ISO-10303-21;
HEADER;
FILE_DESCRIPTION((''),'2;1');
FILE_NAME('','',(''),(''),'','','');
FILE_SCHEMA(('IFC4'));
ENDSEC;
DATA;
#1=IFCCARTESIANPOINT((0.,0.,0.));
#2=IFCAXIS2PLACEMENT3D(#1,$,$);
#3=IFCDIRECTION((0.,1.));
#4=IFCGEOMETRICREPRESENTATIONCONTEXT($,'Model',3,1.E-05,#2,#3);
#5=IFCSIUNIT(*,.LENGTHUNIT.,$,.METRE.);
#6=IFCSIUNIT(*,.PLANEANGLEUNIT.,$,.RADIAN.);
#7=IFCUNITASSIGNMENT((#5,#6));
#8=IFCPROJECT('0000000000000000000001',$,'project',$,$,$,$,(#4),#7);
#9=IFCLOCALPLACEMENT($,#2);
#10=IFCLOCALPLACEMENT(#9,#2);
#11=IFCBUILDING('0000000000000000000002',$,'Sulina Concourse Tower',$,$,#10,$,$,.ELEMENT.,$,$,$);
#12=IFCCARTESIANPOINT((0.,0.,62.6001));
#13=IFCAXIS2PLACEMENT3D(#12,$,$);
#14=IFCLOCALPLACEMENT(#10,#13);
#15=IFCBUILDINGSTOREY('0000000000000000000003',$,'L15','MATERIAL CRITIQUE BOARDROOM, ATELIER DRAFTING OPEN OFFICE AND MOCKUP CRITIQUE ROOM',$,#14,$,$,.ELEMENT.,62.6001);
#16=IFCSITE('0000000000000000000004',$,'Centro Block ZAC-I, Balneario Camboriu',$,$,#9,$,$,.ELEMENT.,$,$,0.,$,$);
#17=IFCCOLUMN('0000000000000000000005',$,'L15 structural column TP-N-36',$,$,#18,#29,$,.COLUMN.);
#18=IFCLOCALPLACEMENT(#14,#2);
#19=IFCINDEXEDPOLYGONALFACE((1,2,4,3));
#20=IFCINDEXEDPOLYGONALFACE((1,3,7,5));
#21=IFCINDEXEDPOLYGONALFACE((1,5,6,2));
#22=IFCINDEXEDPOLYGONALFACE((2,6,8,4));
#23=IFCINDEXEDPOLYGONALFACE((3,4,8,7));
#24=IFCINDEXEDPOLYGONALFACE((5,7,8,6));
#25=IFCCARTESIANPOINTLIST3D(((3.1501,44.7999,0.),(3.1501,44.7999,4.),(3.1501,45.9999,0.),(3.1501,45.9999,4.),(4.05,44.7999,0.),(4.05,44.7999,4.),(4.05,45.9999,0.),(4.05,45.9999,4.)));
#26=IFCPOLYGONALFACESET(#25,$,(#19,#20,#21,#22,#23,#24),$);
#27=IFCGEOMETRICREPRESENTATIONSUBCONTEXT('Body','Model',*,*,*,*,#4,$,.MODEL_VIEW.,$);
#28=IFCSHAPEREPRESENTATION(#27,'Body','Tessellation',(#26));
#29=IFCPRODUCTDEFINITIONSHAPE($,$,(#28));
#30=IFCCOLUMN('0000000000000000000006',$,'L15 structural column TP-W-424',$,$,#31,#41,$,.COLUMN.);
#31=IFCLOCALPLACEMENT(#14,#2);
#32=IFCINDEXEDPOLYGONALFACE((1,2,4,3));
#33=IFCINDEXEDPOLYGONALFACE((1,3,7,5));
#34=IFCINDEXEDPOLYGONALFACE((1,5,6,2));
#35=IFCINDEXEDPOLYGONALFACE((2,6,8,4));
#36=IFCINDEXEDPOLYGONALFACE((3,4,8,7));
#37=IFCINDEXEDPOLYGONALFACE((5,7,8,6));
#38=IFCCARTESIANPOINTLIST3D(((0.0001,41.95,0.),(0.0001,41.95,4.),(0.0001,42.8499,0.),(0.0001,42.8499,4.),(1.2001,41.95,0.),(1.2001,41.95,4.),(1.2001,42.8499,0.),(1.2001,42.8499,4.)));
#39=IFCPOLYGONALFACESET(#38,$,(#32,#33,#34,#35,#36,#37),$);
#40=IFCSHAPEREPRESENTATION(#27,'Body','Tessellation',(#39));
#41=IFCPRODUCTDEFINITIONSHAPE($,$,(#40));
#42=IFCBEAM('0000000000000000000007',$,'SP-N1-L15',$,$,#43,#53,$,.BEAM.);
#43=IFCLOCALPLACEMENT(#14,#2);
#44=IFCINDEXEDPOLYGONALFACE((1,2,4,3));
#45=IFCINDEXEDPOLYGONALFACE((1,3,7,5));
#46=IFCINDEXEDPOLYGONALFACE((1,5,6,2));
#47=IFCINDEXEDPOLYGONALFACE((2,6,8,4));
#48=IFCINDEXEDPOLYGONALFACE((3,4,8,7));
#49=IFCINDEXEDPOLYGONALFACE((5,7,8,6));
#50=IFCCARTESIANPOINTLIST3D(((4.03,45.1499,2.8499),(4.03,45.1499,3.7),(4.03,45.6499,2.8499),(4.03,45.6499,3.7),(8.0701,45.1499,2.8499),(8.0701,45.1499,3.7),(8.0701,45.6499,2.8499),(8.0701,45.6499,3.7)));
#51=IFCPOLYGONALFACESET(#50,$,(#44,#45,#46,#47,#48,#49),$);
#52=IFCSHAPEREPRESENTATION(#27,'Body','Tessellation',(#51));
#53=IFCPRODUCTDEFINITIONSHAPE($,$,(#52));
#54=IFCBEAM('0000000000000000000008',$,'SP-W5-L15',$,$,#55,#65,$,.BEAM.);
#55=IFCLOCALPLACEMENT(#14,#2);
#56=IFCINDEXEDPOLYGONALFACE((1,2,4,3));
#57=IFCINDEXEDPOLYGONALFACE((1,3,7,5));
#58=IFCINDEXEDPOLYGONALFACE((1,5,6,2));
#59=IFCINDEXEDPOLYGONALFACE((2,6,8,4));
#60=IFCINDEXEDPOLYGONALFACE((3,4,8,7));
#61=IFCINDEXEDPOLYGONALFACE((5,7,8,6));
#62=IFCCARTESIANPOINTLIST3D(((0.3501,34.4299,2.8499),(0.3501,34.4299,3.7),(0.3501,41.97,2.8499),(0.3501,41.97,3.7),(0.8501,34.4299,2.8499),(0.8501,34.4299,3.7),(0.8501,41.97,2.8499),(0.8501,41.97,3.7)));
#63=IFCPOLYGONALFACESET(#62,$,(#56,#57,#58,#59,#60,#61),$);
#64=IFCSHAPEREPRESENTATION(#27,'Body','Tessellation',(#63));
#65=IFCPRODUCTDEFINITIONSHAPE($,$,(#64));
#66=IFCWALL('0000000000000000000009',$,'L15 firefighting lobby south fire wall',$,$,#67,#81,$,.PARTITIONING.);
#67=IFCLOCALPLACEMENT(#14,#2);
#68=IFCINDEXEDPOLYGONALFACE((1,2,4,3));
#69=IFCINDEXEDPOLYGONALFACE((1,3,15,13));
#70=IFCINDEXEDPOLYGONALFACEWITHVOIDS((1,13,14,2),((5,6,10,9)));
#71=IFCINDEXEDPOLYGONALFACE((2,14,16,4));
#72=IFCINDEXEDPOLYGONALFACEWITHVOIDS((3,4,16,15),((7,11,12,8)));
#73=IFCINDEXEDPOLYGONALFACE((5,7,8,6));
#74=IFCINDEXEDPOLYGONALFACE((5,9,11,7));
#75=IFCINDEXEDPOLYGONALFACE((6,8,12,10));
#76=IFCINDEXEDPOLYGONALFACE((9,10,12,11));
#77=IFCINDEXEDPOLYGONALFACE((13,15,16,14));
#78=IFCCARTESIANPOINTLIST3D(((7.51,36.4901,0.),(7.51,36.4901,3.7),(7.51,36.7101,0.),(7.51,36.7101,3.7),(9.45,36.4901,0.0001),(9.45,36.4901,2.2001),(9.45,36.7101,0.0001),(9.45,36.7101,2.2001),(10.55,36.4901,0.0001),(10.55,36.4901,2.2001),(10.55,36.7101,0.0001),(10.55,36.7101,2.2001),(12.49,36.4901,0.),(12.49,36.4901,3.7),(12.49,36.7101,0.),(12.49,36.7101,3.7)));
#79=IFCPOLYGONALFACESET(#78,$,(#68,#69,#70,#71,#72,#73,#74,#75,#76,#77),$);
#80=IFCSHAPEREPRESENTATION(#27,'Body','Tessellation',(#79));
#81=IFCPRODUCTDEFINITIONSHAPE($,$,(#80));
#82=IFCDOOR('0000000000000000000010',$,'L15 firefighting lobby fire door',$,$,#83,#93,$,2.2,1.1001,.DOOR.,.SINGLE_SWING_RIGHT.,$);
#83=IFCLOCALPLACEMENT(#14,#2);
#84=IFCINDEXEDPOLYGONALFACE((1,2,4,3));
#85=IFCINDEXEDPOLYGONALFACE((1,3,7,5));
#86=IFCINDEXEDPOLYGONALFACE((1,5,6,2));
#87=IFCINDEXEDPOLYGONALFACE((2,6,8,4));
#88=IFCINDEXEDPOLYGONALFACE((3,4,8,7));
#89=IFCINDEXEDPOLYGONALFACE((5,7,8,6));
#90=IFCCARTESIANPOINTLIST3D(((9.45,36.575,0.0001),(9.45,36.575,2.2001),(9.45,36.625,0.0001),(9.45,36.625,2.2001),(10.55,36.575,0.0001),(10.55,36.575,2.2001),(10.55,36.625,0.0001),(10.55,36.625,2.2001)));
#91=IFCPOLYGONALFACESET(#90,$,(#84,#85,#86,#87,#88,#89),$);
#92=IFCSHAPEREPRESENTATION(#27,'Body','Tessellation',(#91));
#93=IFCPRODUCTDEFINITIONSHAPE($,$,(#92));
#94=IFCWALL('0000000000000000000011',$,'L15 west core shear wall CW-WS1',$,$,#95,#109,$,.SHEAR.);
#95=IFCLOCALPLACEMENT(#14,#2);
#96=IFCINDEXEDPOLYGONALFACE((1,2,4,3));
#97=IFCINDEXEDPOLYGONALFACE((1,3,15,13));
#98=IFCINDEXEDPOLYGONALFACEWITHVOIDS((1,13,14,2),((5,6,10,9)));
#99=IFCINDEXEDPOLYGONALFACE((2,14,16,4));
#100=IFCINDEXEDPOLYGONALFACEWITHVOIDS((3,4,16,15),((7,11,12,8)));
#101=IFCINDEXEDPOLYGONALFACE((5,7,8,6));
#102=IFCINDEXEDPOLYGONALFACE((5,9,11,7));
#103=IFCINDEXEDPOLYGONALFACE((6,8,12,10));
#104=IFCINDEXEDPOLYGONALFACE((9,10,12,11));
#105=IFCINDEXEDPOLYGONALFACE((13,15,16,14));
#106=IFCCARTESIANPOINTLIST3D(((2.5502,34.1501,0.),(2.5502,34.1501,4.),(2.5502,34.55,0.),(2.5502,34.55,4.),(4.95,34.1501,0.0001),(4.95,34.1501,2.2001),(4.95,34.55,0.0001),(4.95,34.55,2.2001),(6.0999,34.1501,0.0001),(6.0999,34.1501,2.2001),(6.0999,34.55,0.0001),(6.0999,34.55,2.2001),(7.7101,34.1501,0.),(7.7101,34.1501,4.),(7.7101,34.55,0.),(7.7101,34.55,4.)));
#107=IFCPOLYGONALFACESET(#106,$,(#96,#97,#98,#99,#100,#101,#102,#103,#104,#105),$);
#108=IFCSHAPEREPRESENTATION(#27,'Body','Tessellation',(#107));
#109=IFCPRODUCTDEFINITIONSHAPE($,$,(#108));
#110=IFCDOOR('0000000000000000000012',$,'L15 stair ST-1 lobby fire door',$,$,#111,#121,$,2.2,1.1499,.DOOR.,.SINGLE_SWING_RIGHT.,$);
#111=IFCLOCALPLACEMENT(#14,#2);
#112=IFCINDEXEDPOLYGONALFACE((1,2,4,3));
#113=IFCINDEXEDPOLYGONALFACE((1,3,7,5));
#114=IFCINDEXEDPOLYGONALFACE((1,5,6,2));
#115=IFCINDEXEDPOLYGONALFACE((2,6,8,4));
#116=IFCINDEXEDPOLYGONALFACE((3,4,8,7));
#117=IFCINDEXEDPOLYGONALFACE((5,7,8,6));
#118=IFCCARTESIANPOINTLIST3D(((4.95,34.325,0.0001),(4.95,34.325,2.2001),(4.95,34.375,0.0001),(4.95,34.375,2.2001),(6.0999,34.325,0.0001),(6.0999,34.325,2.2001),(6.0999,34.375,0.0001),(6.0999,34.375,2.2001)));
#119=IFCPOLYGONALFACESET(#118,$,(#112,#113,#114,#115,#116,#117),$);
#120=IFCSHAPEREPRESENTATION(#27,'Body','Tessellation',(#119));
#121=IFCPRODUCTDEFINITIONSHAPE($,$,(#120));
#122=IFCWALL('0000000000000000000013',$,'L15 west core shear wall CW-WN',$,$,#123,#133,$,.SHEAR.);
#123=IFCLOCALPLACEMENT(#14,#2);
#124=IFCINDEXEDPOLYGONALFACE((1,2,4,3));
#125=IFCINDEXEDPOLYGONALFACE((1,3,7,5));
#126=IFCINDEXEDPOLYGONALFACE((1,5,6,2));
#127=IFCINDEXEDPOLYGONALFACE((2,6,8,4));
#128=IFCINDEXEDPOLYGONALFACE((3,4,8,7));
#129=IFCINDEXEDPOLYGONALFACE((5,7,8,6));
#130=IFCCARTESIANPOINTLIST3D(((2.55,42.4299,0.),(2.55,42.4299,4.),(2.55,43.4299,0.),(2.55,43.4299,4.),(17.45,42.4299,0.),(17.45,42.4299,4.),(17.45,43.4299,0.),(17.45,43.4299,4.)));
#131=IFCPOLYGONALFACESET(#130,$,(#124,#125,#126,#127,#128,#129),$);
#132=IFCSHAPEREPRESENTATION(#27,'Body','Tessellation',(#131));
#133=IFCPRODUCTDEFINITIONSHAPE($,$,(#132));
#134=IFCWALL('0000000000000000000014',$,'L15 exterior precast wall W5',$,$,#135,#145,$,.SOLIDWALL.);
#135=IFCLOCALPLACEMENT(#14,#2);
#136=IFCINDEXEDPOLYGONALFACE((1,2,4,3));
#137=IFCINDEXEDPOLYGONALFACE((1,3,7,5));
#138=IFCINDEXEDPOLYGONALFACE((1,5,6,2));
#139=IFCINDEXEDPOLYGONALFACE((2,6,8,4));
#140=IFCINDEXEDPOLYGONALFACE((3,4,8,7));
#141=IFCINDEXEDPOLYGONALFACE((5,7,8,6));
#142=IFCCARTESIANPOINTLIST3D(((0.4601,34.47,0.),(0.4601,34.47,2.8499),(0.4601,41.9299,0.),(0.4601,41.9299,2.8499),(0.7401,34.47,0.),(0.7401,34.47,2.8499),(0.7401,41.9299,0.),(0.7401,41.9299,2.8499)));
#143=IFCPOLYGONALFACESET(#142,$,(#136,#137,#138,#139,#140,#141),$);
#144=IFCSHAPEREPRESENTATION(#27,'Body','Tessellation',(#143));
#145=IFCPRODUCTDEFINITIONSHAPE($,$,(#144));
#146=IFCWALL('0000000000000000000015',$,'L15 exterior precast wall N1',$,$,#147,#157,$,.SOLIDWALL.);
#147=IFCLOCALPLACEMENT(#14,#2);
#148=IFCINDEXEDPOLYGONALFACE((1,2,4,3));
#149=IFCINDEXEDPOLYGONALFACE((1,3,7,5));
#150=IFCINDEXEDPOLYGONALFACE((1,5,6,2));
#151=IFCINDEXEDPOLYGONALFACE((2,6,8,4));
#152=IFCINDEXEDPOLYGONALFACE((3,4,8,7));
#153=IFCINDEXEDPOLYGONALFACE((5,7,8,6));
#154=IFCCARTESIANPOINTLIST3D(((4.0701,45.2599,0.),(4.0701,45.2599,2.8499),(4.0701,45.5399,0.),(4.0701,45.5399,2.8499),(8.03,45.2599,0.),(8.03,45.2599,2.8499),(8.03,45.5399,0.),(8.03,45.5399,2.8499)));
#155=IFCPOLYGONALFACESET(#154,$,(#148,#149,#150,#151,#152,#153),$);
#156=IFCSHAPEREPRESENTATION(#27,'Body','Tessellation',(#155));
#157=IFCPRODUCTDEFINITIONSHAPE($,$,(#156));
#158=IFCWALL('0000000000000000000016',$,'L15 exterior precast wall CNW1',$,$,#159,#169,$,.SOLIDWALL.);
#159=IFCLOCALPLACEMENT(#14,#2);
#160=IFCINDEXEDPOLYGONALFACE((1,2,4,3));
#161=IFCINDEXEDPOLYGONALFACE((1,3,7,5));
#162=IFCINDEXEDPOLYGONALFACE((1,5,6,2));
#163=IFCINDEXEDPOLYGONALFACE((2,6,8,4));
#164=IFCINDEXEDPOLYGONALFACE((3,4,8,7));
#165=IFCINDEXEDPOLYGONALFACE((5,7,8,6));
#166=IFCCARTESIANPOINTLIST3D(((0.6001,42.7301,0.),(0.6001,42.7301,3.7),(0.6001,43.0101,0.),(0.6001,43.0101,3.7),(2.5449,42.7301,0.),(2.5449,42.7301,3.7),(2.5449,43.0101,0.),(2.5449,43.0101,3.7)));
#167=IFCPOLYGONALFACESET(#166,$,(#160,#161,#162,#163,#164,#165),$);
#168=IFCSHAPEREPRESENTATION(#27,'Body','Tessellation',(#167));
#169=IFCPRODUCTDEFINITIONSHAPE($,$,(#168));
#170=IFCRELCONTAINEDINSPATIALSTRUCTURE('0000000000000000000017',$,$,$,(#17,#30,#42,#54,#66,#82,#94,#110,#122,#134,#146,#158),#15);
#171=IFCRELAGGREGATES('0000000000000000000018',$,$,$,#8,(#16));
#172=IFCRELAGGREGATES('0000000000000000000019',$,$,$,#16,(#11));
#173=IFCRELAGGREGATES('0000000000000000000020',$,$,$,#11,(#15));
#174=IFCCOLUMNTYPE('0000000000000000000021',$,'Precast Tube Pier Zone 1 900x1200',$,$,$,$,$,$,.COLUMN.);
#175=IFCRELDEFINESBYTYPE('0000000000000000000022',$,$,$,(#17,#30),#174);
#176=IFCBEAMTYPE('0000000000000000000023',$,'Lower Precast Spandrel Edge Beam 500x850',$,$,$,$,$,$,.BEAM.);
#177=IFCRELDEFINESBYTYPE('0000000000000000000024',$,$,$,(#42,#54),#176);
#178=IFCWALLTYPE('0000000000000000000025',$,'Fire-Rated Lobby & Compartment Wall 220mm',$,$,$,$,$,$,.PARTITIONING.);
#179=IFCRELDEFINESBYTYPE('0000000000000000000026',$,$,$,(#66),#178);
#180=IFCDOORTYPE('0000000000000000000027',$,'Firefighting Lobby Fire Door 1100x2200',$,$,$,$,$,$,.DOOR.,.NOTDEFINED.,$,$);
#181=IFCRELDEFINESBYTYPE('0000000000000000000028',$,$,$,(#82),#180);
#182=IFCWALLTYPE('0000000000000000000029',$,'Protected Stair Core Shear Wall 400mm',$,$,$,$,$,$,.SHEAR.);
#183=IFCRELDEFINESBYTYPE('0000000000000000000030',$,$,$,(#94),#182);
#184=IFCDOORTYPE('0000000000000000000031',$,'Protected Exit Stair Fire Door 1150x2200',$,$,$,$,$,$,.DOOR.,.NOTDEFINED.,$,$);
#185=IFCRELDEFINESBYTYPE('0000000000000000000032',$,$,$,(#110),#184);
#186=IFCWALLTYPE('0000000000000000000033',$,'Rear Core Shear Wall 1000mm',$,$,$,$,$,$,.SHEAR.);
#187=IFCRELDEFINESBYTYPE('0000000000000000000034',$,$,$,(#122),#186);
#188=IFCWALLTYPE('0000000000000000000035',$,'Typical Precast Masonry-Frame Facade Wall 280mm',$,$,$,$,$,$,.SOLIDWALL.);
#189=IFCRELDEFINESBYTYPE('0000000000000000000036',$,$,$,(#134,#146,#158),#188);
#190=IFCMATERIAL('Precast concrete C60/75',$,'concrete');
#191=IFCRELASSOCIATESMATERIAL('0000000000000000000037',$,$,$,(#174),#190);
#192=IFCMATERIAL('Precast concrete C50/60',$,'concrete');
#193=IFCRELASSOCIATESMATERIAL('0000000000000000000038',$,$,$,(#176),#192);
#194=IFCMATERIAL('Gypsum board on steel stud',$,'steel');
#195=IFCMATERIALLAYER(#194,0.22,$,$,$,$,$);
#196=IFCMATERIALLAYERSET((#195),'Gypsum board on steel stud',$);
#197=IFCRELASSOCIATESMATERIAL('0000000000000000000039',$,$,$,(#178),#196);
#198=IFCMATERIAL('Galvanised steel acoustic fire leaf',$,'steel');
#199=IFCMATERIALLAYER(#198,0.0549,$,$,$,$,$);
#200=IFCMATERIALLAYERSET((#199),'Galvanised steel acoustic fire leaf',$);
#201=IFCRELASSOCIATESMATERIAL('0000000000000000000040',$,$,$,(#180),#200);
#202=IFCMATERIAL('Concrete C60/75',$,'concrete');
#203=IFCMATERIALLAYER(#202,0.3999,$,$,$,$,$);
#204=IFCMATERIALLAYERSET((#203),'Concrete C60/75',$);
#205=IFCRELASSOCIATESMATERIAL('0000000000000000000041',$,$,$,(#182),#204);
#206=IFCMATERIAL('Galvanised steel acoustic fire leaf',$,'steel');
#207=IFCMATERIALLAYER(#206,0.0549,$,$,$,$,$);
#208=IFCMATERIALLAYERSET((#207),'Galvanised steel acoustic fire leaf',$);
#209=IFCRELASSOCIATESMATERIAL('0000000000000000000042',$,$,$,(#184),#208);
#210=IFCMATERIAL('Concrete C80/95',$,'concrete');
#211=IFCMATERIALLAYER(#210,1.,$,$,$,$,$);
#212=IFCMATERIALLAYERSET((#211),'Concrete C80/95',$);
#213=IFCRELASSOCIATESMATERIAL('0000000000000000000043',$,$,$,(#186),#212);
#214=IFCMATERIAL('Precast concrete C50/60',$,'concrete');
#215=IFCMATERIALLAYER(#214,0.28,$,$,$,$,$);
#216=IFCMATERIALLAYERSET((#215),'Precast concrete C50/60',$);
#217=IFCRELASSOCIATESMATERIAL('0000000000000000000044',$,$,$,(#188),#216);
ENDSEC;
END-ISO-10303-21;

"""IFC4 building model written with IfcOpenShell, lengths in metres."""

from ifc_helpers import new_model, si_unit, direction, frame, frame_2d, origin, origin_2d, place, context, subcontext, project, spatial, rectangle, extrude, material, layer, layer_set, material_profile, profile_set, type_object, element, fill, save


model = new_model("IFC4")

# Units and contexts
model_context = context("Model", 3, precision=1e-05, world=origin(), true_north=direction((0.0, 1.0)))
body_context = subcontext(model_context, "Body", "Model", "MODEL_VIEW")
ifc_project = project(units=[si_unit("LENGTHUNIT", "METRE"), si_unit("PLANEANGLEUNIT", "RADIAN")], contexts=[model_context])

# Site, building, storey
site_placement = place(None, origin())
site = spatial("IfcSite", under=ifc_project, at=site_placement, Name="Centro Block ZAC-I, Balneario Camboriu", CompositionType="ELEMENT", RefElevation=0.0)
building_placement = place(site_placement, origin())
building = spatial("IfcBuilding", under=site, at=building_placement, Name="Sulina Concourse Tower", CompositionType="ELEMENT")
storey_placement = place(building_placement, frame((0.0, 0.0, 62.6001)))
storey = spatial("IfcBuildingStorey", under=building, at=storey_placement, Name="L15", Description="MATERIAL CRITIQUE BOARDROOM, ATELIER DRAFTING OPEN OFFICE AND MOCKUP CRITIQUE ROOM", CompositionType="ELEMENT", Elevation=62.6001)

# Columns
ifc_material_1 = material(Name="Precast concrete C60/75", Category="concrete")
ifc_material_profile_1 = material_profile(ifc_material_1, rectangle(XDim=0.8999, YDim=1.2, at=origin_2d()), Name="PC 900x1200")
ifc_profile_set_1 = profile_set([ifc_material_profile_1], Name="Precast concrete C60/75")
column_type = type_object("IfcColumnType", Name="Precast Tube Pier Zone 1 900x1200", PredefinedType="COLUMN", material=ifc_profile_set_1)
for number, where, z_axis, x_axis, name in (
    (1, (3.6001, 45.3999, 0.0), (0.0, 0.0, 1.0), (1.0, 0.0, 0.0), "L15 structural column TP-N-36"),
    (2, (0.6001, 42.3999, 0.0), (0.0, 0.0, 1.0), (0.0, 1.0, 0.0), "L15 structural column TP-W-424"),
):
    element("IfcColumn", number, at=place(storey_placement, frame(where, z_axis=z_axis, x_axis=x_axis)), inside=storey, type_object=column_type, Name=name, PredefinedType="COLUMN", context=body_context, shape_type="SweptSolid", body=[
        extrude(rectangle(XDim=0.8999, YDim=1.2, at=origin_2d()), origin(), (0.0, 0.0, 1.0), 4.0),
    ])

# Beams
ifc_material_2 = material(Name="Precast concrete C50/60", Category="concrete")
ifc_material_profile_2 = material_profile(ifc_material_2, rectangle(XDim=0.5, YDim=0.8501, at=origin_2d()), Name="RC 500x850")
ifc_profile_set_2 = profile_set([ifc_material_profile_2], Name="Precast concrete C50/60")
beam_type = type_object("IfcBeamType", Name="Lower Precast Spandrel Edge Beam 500x850", PredefinedType="BEAM", material=ifc_profile_set_2)
beam_1_placement = place(storey_placement, frame((4.03, 45.3999, 3.2749), z_axis=(1.0, 0.0, 0.0), x_axis=(0.0, 1.0, 0.0)))
element("IfcBeam", 3, at=beam_1_placement, inside=storey, type_object=beam_type, Name="SP-N1-L15", PredefinedType="BEAM", context=body_context, shape_type="SweptSolid", body=[
    extrude(rectangle(XDim=0.5, YDim=0.8501, at=origin_2d()), origin(), (0.0, 0.0, 1.0), 4.04),
])
beam_2_placement = place(storey_placement, frame((0.6001, 34.4299, 3.2749), z_axis=(0.0, 1.0, 0.0), x_axis=(-1.0, 0.0, 0.0)))
element("IfcBeam", 4, at=beam_2_placement, inside=storey, type_object=beam_type, Name="SP-W5-L15", PredefinedType="BEAM", context=body_context, shape_type="SweptSolid", body=[
    extrude(rectangle(XDim=0.5, YDim=0.8501, at=origin_2d()), origin(), (0.0, 0.0, 1.0), 7.54),
])

# Walls, openings, doors
ifc_material_3 = material(Name="Gypsum board on steel stud", Category="steel")
ifc_layer_1 = layer(ifc_material_3, 0.22)
ifc_layer_set_1 = layer_set([ifc_layer_1], Name="Gypsum board on steel stud")
wall_type_1 = type_object("IfcWallType", Name="Fire-Rated Lobby & Compartment Wall 220mm", PredefinedType="PARTITIONING", material=ifc_layer_set_1)
wall_1_placement = place(storey_placement, frame((7.51, 36.6001, 0.0), z_axis=(0.0, 0.0, 1.0), x_axis=(1.0, 0.0, 0.0)))
wall_1 = element("IfcWall", 5, at=wall_1_placement, inside=storey, type_object=wall_type_1, Name="L15 firefighting lobby south fire wall", PredefinedType="PARTITIONING", context=body_context, shape_type="SweptSolid", body=[
    extrude(rectangle(XDim=4.98, YDim=0.22, at=frame_2d((2.49, 0.0))), origin(), (0.0, 0.0, 1.0), 3.7),
])
opening_1_placement = place(wall_1_placement, frame((1.9399, 0.0, 0.0)))
opening_1 = element("IfcOpeningElement", 6, at=opening_1_placement, cuts=wall_1, PredefinedType="OPENING", context=body_context, shape_type="SweptSolid", body=[
    extrude(rectangle(XDim=1.1001, YDim=2.2, at=frame_2d((0.55, 1.1001))), frame((0.0, 0.1199, 0.0), z_axis=(0.0, -1.0, 0.0), x_axis=(1.0, 0.0, 0.0)), (0.0, 0.0, 1.0), 0.24),
])
ifc_material_4 = material(Name="Galvanised steel acoustic fire leaf", Category="steel")
ifc_layer_2 = layer(ifc_material_4, 0.0549)
ifc_layer_set_2 = layer_set([ifc_layer_2], Name="Galvanised steel acoustic fire leaf")
door_type_1 = type_object("IfcDoorType", Name="Firefighting Lobby Fire Door 1100x2200", OperationType="NOTDEFINED", PredefinedType="DOOR", material=ifc_layer_set_2)
door_1_placement = place(opening_1_placement, origin())
door_1 = element("IfcDoor", 7, at=door_1_placement, inside=storey, type_object=door_type_1, Name="L15 firefighting lobby fire door", OperationType="SINGLE_SWING_RIGHT", OverallHeight=2.2, OverallWidth=1.1001, PredefinedType="DOOR", context=body_context, shape_type="SweptSolid", body=[
    extrude(rectangle(XDim=1.1001, YDim=2.2, at=frame_2d((0.55, 1.1001))), frame((0.0, 0.0249, 0.0), z_axis=(0.0, -1.0, 0.0), x_axis=(1.0, 0.0, 0.0)), (0.0, 0.0, 1.0), 0.05),
])
fill(opening_1, door_1)
ifc_material_5 = material(Name="Concrete C60/75", Category="concrete")
ifc_layer_3 = layer(ifc_material_5, 0.3999)
ifc_layer_set_3 = layer_set([ifc_layer_3], Name="Concrete C60/75")
wall_type_2 = type_object("IfcWallType", Name="Protected Stair Core Shear Wall 400mm", PredefinedType="SHEAR", material=ifc_layer_set_3)
wall_2_placement = place(storey_placement, frame((2.55, 34.3501, 0.0), z_axis=(0.0, 0.0, 1.0), x_axis=(1.0, 0.0, 0.0)))
wall_2 = element("IfcWall", 8, at=wall_2_placement, inside=storey, type_object=wall_type_2, Name="L15 west core shear wall CW-WS1", PredefinedType="SHEAR", context=body_context, shape_type="SweptSolid", body=[
    extrude(rectangle(XDim=5.1599, YDim=0.3999, at=frame_2d((2.5801, 0.0))), origin(), (0.0, 0.0, 1.0), 4.0),
])
opening_2_placement = place(wall_2_placement, frame((2.3999, 0.0, 0.0)))
opening_2 = element("IfcOpeningElement", 9, at=opening_2_placement, cuts=wall_2, PredefinedType="OPENING", context=body_context, shape_type="SweptSolid", body=[
    extrude(rectangle(XDim=1.1499, YDim=2.2, at=frame_2d((0.575, 1.1001))), frame((0.0, 0.21, 0.0), z_axis=(0.0, -1.0, 0.0), x_axis=(1.0, 0.0, 0.0)), (0.0, 0.0, 1.0), 0.4199),
])
ifc_material_6 = material(Name="Galvanised steel acoustic fire leaf", Category="steel")
ifc_layer_4 = layer(ifc_material_6, 0.0549)
ifc_layer_set_4 = layer_set([ifc_layer_4], Name="Galvanised steel acoustic fire leaf")
door_type_2 = type_object("IfcDoorType", Name="Protected Exit Stair Fire Door 1150x2200", OperationType="NOTDEFINED", PredefinedType="DOOR", material=ifc_layer_set_4)
door_2_placement = place(opening_2_placement, origin())
door_2 = element("IfcDoor", 10, at=door_2_placement, inside=storey, type_object=door_type_2, Name="L15 stair ST-1 lobby fire door", OperationType="SINGLE_SWING_RIGHT", OverallHeight=2.2, OverallWidth=1.1499, PredefinedType="DOOR", context=body_context, shape_type="SweptSolid", body=[
    extrude(rectangle(XDim=1.1499, YDim=2.2, at=frame_2d((0.575, 1.1001))), frame((0.0, 0.0249, 0.0), z_axis=(0.0, -1.0, 0.0), x_axis=(1.0, 0.0, 0.0)), (0.0, 0.0, 1.0), 0.05),
])
fill(opening_2, door_2)

# Walls
ifc_material_7 = material(Name="Concrete C80/95", Category="concrete")
ifc_layer_5 = layer(ifc_material_7, 1.0)
ifc_layer_set_5 = layer_set([ifc_layer_5], Name="Concrete C80/95")
wall_type_3 = type_object("IfcWallType", Name="Rear Core Shear Wall 1000mm", PredefinedType="SHEAR", material=ifc_layer_set_5)
wall_3_placement = place(storey_placement, frame((2.55, 42.9299, 0.0), z_axis=(0.0, 0.0, 1.0), x_axis=(1.0, 0.0, 0.0)))
element("IfcWall", 11, at=wall_3_placement, inside=storey, type_object=wall_type_3, Name="L15 west core shear wall CW-WN", PredefinedType="SHEAR", context=body_context, shape_type="SweptSolid", body=[
    extrude(rectangle(XDim=14.8999, YDim=1.0, at=frame_2d((7.45, 0.0))), origin(), (0.0, 0.0, 1.0), 4.0),
])
ifc_material_8 = material(Name="Precast concrete C50/60", Category="concrete")
ifc_layer_6 = layer(ifc_material_8, 0.28)
ifc_layer_set_6 = layer_set([ifc_layer_6], Name="Precast concrete C50/60")
wall_type_4 = type_object("IfcWallType", Name="Typical Precast Masonry-Frame Facade Wall 280mm", PredefinedType="SOLIDWALL", material=ifc_layer_set_6)
wall_4_placement = place(storey_placement, frame((0.6001, 34.47, 0.0), z_axis=(0.0, 0.0, 1.0), x_axis=(0.0, 1.0, 0.0)))
element("IfcWall", 12, at=wall_4_placement, inside=storey, type_object=wall_type_4, Name="L15 exterior precast wall W5", PredefinedType="SOLIDWALL", context=body_context, shape_type="SweptSolid", body=[
    extrude(rectangle(XDim=7.46, YDim=0.28, at=frame_2d((3.73, 0.0))), origin(), (0.0, 0.0, 1.0), 2.8499),
])
wall_5_placement = place(storey_placement, frame((4.0701, 45.3999, 0.0), z_axis=(0.0, 0.0, 1.0), x_axis=(1.0, 0.0, 0.0)))
element("IfcWall", 13, at=wall_5_placement, inside=storey, type_object=wall_type_4, Name="L15 exterior precast wall N1", PredefinedType="SOLIDWALL", context=body_context, shape_type="SweptSolid", body=[
    extrude(rectangle(XDim=3.96, YDim=0.28, at=frame_2d((1.98, 0.0))), origin(), (0.0, 0.0, 1.0), 2.8499),
])
wall_6_placement = place(storey_placement, frame((0.6001, 42.8701, 0.0), z_axis=(0.0, 0.0, 1.0), x_axis=(1.0, 0.0, 0.0)))
element("IfcWall", 14, at=wall_6_placement, inside=storey, type_object=wall_type_4, Name="L15 exterior precast wall CNW1", PredefinedType="SOLIDWALL", context=body_context, shape_type="SweptSolid", body=[
    extrude(rectangle(XDim=1.9448, YDim=0.28, at=frame_2d((0.9724, 0.0))), origin(), (0.0, 0.0, 1.0), 3.7),
])

save(model, "model.ifc")
